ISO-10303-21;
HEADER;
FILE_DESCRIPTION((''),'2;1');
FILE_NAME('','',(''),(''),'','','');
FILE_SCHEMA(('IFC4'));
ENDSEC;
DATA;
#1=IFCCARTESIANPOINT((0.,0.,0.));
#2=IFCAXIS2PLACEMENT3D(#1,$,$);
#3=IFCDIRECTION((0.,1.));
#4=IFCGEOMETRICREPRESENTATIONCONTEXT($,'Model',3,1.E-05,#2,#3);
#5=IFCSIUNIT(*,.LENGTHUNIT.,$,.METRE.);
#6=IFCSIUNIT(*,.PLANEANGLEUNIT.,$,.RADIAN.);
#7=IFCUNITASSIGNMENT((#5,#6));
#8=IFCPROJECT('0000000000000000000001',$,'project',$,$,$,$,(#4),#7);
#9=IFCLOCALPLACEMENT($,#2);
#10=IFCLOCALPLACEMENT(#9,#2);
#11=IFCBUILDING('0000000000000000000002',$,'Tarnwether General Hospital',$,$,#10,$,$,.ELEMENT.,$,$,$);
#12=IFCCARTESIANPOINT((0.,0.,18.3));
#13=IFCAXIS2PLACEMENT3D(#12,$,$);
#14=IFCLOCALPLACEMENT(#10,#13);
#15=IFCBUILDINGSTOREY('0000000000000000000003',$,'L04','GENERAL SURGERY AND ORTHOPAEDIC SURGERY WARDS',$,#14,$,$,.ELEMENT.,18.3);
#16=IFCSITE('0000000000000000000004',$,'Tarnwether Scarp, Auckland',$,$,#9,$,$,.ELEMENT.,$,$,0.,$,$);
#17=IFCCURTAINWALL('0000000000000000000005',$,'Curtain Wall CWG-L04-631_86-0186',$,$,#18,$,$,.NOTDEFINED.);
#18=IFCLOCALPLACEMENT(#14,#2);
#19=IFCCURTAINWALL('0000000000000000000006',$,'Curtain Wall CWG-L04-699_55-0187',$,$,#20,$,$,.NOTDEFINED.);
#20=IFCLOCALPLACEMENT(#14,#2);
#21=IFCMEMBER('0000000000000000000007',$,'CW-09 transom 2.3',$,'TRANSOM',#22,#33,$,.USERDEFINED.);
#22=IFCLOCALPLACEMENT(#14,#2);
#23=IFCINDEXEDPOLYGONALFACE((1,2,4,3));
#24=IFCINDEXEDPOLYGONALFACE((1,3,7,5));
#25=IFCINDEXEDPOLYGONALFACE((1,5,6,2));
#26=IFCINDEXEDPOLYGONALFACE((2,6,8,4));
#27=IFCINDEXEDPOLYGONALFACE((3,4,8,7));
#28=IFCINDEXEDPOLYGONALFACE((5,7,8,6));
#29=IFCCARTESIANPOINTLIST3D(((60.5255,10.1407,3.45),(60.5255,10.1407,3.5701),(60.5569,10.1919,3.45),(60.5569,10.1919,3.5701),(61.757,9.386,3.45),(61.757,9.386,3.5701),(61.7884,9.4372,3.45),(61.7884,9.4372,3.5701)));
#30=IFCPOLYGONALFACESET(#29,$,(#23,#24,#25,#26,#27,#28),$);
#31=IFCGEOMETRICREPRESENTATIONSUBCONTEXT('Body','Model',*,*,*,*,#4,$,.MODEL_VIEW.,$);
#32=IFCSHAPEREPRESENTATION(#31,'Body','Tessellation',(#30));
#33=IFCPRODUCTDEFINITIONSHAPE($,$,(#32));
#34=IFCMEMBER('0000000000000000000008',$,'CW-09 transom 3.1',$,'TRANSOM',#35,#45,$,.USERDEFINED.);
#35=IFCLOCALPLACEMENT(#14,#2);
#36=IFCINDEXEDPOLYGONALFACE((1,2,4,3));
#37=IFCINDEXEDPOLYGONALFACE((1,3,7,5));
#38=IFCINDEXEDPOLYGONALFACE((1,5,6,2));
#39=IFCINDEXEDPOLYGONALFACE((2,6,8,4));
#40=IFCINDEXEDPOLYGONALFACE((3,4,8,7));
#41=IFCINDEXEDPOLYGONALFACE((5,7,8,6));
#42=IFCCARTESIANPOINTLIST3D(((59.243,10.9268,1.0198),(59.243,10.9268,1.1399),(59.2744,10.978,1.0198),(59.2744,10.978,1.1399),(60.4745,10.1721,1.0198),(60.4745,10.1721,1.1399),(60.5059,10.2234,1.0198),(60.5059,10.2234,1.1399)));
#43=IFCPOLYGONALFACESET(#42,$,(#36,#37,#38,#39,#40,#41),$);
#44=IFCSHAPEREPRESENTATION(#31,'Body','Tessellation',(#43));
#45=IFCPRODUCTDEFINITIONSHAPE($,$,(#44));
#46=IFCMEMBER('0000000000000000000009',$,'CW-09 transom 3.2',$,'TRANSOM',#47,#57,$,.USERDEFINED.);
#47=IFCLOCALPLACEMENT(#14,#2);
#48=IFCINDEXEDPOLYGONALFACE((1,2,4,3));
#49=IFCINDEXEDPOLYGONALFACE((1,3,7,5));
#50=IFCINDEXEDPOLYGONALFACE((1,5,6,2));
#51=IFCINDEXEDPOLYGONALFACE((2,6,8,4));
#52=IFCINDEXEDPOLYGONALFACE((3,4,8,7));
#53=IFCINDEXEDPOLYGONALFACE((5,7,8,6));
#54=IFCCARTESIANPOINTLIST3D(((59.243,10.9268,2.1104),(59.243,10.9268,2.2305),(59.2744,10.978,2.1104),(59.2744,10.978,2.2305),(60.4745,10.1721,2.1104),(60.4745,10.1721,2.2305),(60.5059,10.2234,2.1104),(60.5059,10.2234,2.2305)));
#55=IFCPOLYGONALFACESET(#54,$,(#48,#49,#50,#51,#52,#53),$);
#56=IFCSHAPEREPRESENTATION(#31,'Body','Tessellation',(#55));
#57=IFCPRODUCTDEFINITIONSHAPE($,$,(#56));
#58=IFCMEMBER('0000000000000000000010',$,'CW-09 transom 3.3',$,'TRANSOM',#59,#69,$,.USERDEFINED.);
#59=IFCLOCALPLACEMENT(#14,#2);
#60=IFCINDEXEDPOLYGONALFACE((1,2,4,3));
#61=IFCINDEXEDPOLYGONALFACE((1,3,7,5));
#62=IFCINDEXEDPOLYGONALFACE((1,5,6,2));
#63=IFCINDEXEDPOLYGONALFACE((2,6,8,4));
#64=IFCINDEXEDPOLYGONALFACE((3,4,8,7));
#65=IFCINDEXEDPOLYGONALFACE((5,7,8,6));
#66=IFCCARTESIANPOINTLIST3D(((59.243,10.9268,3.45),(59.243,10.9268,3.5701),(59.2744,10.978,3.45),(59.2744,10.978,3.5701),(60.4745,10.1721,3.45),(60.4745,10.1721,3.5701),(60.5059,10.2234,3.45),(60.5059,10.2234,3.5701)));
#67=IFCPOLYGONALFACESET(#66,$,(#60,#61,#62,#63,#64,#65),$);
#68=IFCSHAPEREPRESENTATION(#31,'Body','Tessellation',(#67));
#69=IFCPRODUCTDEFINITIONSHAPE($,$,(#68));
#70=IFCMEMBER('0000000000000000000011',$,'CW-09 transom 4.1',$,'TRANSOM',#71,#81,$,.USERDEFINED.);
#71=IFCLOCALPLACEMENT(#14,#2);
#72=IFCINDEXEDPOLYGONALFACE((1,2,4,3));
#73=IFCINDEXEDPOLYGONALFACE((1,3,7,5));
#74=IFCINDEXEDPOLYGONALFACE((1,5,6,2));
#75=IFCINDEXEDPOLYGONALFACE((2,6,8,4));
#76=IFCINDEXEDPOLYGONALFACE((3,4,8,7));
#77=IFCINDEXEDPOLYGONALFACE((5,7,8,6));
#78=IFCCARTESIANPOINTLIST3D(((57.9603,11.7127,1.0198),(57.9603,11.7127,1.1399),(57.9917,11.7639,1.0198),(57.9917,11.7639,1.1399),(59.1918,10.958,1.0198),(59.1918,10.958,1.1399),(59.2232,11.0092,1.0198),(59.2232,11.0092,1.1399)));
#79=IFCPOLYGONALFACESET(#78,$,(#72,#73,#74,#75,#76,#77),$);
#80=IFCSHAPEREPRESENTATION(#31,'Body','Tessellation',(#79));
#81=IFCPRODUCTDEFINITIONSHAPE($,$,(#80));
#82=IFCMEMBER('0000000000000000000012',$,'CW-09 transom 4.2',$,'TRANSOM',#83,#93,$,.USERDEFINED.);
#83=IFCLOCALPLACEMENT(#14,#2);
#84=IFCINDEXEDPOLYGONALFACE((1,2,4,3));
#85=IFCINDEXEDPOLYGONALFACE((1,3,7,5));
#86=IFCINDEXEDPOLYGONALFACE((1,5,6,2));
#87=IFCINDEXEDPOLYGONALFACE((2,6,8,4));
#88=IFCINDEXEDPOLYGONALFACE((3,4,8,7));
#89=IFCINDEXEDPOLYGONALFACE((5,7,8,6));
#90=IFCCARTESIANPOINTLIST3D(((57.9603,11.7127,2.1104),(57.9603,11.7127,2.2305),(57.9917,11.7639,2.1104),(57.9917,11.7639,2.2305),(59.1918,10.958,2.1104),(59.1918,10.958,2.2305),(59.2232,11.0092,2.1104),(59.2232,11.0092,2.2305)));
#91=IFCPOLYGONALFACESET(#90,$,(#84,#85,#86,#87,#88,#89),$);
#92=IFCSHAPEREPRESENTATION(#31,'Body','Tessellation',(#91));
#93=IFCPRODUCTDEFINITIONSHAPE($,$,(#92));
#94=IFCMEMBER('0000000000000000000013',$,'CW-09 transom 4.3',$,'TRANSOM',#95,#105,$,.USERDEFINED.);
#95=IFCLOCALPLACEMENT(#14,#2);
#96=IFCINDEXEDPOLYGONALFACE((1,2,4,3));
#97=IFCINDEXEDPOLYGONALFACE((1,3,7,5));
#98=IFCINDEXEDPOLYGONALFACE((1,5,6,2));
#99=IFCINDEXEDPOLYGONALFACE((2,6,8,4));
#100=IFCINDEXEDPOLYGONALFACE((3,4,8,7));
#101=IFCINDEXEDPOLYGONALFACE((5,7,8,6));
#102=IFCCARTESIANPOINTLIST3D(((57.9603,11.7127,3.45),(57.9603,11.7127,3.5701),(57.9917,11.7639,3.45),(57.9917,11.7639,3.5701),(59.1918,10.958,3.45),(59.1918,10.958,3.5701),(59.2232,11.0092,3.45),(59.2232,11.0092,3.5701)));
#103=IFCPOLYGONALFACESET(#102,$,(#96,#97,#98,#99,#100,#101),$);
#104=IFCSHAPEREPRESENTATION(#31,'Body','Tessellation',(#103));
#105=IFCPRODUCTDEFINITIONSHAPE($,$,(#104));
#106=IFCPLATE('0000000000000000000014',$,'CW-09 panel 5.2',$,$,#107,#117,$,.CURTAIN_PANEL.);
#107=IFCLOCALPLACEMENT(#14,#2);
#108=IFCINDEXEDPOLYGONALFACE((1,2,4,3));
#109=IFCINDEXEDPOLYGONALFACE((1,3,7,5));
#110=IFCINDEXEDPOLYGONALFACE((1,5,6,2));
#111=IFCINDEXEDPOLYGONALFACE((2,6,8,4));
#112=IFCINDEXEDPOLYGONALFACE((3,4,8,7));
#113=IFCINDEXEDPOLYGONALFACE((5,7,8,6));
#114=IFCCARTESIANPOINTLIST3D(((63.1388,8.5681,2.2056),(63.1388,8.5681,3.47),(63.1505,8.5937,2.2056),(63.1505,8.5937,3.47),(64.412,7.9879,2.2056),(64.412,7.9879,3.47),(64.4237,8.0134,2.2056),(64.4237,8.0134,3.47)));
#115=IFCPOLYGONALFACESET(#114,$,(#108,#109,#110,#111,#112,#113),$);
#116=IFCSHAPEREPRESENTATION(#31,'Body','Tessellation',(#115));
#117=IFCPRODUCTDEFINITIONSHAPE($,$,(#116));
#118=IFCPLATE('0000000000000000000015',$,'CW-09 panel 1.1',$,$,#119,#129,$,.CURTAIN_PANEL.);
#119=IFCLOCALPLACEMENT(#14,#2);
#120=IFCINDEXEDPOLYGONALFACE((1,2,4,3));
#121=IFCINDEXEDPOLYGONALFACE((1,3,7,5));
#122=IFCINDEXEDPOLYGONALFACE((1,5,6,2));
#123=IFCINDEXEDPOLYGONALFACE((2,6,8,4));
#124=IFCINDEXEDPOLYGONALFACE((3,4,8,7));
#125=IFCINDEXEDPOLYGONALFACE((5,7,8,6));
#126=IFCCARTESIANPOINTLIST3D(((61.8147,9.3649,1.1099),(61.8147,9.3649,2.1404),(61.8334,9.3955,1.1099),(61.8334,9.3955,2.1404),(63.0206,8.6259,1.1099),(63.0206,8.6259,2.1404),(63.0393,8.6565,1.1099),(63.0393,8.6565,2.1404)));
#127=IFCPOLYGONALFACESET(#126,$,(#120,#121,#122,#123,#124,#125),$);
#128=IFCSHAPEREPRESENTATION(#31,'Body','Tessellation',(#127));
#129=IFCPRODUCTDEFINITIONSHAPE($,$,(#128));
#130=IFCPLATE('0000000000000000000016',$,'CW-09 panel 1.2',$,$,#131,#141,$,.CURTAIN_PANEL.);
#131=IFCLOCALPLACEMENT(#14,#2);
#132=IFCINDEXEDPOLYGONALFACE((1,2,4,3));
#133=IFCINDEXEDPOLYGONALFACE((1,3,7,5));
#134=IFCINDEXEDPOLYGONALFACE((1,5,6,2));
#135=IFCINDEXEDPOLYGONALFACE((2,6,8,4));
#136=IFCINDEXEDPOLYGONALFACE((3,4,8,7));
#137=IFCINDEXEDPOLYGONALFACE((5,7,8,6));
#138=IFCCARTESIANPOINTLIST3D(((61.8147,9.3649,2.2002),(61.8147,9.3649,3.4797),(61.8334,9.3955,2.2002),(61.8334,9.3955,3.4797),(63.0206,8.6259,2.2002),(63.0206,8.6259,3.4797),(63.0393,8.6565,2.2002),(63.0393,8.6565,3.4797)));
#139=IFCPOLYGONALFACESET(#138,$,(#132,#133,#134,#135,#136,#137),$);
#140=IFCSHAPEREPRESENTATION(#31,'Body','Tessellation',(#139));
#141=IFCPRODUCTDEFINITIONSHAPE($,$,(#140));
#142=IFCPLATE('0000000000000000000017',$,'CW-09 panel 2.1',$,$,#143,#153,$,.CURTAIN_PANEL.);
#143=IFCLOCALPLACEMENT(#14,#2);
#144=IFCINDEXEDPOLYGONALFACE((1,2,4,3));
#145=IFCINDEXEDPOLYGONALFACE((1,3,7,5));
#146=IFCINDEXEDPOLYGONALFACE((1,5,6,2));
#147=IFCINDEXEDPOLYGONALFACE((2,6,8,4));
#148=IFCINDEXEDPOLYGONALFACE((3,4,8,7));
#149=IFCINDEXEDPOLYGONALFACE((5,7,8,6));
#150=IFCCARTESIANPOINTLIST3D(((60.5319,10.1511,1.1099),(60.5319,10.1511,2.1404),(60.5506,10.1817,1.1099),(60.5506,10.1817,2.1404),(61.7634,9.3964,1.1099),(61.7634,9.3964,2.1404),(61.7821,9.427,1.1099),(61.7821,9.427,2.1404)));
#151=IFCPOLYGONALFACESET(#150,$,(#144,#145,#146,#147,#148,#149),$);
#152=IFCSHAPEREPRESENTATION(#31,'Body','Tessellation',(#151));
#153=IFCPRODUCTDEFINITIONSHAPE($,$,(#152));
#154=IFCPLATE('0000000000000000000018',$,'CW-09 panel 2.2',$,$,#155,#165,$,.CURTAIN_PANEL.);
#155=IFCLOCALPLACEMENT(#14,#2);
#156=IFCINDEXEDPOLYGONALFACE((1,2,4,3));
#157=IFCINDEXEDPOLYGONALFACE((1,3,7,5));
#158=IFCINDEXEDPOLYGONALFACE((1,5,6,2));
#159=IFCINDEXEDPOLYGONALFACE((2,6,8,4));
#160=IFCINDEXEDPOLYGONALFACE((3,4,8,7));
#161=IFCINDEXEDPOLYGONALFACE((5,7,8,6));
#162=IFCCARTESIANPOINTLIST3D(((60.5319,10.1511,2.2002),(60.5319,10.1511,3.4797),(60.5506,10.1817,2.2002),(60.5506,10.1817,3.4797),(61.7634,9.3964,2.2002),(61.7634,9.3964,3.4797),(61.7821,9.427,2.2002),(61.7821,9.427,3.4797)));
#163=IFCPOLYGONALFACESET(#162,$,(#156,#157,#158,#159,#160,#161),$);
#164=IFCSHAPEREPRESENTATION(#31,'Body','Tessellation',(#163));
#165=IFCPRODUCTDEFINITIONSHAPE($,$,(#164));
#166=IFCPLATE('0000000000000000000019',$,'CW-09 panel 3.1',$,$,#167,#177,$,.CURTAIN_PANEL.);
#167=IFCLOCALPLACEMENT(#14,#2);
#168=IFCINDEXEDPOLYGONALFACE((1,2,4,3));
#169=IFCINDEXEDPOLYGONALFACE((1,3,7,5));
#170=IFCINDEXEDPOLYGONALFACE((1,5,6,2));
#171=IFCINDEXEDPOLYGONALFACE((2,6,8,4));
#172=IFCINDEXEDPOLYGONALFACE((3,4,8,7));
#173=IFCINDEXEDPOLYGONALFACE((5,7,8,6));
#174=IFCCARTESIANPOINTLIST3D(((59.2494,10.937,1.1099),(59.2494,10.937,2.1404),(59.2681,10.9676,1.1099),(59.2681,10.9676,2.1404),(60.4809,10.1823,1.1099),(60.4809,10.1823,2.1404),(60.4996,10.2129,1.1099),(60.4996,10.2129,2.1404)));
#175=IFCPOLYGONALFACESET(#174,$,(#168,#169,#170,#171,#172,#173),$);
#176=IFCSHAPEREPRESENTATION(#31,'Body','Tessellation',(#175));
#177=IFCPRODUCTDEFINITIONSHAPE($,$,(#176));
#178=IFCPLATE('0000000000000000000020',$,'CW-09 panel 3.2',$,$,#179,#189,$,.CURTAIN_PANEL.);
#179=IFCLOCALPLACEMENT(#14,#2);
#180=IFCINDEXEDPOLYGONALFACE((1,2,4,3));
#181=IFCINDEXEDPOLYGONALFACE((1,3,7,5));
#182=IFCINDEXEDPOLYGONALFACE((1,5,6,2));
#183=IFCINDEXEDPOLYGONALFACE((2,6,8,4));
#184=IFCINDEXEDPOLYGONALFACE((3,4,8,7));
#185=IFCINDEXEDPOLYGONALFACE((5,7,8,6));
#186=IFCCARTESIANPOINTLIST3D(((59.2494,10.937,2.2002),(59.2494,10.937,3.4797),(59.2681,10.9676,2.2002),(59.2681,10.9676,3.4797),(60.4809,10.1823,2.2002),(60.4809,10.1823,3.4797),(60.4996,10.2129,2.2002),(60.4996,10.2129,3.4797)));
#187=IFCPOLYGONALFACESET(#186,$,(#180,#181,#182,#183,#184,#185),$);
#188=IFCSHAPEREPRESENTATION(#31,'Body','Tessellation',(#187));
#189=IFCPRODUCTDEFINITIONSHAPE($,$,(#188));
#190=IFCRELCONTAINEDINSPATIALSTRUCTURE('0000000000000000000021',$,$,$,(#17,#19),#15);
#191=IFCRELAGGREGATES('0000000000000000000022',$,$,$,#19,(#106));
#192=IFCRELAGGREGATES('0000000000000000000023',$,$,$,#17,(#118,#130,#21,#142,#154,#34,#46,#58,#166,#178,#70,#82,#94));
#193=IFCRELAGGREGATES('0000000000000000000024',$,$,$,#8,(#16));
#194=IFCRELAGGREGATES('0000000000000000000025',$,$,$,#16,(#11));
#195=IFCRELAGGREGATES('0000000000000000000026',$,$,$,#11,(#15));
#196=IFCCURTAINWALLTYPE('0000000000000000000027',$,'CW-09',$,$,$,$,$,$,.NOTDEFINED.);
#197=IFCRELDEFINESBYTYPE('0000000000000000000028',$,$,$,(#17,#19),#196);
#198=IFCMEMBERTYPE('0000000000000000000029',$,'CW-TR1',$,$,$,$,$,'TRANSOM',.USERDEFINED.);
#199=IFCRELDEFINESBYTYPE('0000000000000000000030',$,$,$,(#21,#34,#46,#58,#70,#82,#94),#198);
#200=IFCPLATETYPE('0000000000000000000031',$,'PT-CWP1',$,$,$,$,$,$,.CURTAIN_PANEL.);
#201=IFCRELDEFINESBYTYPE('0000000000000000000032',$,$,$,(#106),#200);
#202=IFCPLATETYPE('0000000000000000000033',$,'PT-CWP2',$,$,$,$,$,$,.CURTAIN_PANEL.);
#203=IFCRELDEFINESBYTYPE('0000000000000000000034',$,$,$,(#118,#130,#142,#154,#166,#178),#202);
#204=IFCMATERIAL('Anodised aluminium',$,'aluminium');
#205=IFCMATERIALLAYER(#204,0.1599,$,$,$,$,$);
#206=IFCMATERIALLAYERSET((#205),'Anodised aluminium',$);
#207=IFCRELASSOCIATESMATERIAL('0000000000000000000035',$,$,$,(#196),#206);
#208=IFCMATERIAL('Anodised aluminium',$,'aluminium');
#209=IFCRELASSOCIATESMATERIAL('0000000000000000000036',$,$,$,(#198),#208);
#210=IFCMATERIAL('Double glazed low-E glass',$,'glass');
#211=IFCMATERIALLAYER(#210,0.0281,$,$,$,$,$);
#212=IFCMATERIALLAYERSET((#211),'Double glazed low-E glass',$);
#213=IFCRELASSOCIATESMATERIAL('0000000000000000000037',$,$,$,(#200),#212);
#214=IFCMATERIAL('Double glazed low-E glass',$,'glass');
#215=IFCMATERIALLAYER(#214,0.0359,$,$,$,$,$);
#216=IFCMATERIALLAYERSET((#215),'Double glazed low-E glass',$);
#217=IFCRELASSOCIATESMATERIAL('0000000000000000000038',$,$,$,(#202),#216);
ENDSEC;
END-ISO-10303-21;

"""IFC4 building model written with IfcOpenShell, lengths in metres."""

from ifc_helpers import new_model, si_unit, direction, frame, origin, origin_2d, place, context, subcontext, project, spatial, rectangle, extrude, material, layer, layer_set, material_profile, profile_set, type_object, element, aggregate, save


model = new_model("IFC4")

# Units and contexts
model_context = context("Model", 3, precision=1e-05, world=origin(), true_north=direction((0.0, 1.0)))
body_context = subcontext(model_context, "Body", "Model", "MODEL_VIEW")
ifc_project = project(units=[si_unit("LENGTHUNIT", "METRE"), si_unit("PLANEANGLEUNIT", "RADIAN")], contexts=[model_context])

# Site, building, storey
site_placement = place(None, origin())
site = spatial("IfcSite", under=ifc_project, at=site_placement, Name="Tarnwether Scarp, Auckland", CompositionType="ELEMENT", RefElevation=0.0)
building_placement = place(site_placement, origin())
building = spatial("IfcBuilding", under=site, at=building_placement, Name="Tarnwether General Hospital", CompositionType="ELEMENT")
storey_placement = place(building_placement, frame((0.0, 0.0, 18.3)))
storey = spatial("IfcBuildingStorey", under=building, at=storey_placement, Name="L04", Description="GENERAL SURGERY AND ORTHOPAEDIC SURGERY WARDS", CompositionType="ELEMENT", Elevation=18.3)

# Curtain wall
ifc_material_1 = material(Name="Anodised aluminium", Category="aluminium")
ifc_layer_1 = layer(ifc_material_1, 0.1599)
ifc_layer_set_1 = layer_set([ifc_layer_1], Name="Anodised aluminium")
curtain_wall_type = type_object("IfcCurtainWallType", Name="CW-09", PredefinedType="NOTDEFINED", material=ifc_layer_set_1)
curtain_wall_1_placement = place(storey_placement, origin())
curtain_wall_1 = element("IfcCurtainWall", 1, at=curtain_wall_1_placement, inside=storey, type_object=curtain_wall_type, Name="Curtain Wall CWG-L04-631_86-0186", PredefinedType="NOTDEFINED")

# Curtain wall
curtain_wall_2_placement = place(storey_placement, origin())
curtain_wall_2 = element("IfcCurtainWall", 2, at=curtain_wall_2_placement, inside=storey, type_object=curtain_wall_type, Name="Curtain Wall CWG-L04-699_55-0187", PredefinedType="NOTDEFINED")

# Members
ifc_material_2 = material(Name="Anodised aluminium", Category="aluminium")
ifc_material_profile_1 = material_profile(ifc_material_2, rectangle(XDim=0.0601, YDim=0.1201, at=origin_2d()), Name="ALU-TRN-60x120")
ifc_profile_set_1 = profile_set([ifc_material_profile_1], Name="Anodised aluminium")
member_type_1 = type_object("IfcMemberType", Name="CW-TR1", ElementType="TRANSOM", PredefinedType="USERDEFINED", material=ifc_profile_set_1)
member_1_placement = place(storey_placement, frame((61.7727, 9.4116, 3.51), z_axis=(-0.852638, 0.522503, 0.0), x_axis=(-0.522503, -0.852638, 0.0)))
member_1 = element("IfcMember", 3, at=member_1_placement, type_object=member_type_1, Name="CW-09 transom 2.3", ObjectType="TRANSOM", PredefinedType="USERDEFINED", context=body_context, shape_type="SweptSolid", body=[
    extrude(rectangle(XDim=0.0601, YDim=0.1201, at=origin_2d()), origin(), (0.0, 0.0, 1.0), 1.4443),
])
member_2_placement = place(storey_placement, frame((60.4902, 10.1978, 1.0798), z_axis=(-0.852638, 0.522503, 0.0), x_axis=(-0.522503, -0.852638, 0.0)))
member_2 = element("IfcMember", 4, at=member_2_placement, type_object=member_type_1, Name="CW-09 transom 3.1", ObjectType="TRANSOM", PredefinedType="USERDEFINED", context=body_context, shape_type="SweptSolid", body=[
    extrude(rectangle(XDim=0.0601, YDim=0.1201, at=origin_2d()), origin(), (0.0, 0.0, 1.0), 1.4443),
])
member_3_placement = place(storey_placement, frame((60.4902, 10.1978, 2.1704), z_axis=(-0.852638, 0.522503, 0.0), x_axis=(-0.522503, -0.852638, 0.0)))
member_3 = element("IfcMember", 5, at=member_3_placement, type_object=member_type_1, Name="CW-09 transom 3.2", ObjectType="TRANSOM", PredefinedType="USERDEFINED", context=body_context, shape_type="SweptSolid", body=[
    extrude(rectangle(XDim=0.0601, YDim=0.1201, at=origin_2d()), origin(), (0.0, 0.0, 1.0), 1.4443),
])
member_4_placement = place(storey_placement, frame((60.4902, 10.1978, 3.51), z_axis=(-0.852638, 0.522503, 0.0), x_axis=(-0.522503, -0.852638, 0.0)))
member_4 = element("IfcMember", 6, at=member_4_placement, type_object=member_type_1, Name="CW-09 transom 3.3", ObjectType="TRANSOM", PredefinedType="USERDEFINED", context=body_context, shape_type="SweptSolid", body=[
    extrude(rectangle(XDim=0.0601, YDim=0.1201, at=origin_2d()), origin(), (0.0, 0.0, 1.0), 1.4443),
])
member_5_placement = place(storey_placement, frame((59.2075, 10.9836, 1.0798), z_axis=(-0.852638, 0.522503, 0.0), x_axis=(-0.522503, -0.852638, 0.0)))
member_5 = element("IfcMember", 7, at=member_5_placement, type_object=member_type_1, Name="CW-09 transom 4.1", ObjectType="TRANSOM", PredefinedType="USERDEFINED", context=body_context, shape_type="SweptSolid", body=[
    extrude(rectangle(XDim=0.0601, YDim=0.1201, at=origin_2d()), origin(), (0.0, 0.0, 1.0), 1.4443),
])
member_6_placement = place(storey_placement, frame((59.2075, 10.9836, 2.1704), z_axis=(-0.852638, 0.522503, 0.0), x_axis=(-0.522503, -0.852638, 0.0)))
member_6 = element("IfcMember", 8, at=member_6_placement, type_object=member_type_1, Name="CW-09 transom 4.2", ObjectType="TRANSOM", PredefinedType="USERDEFINED", context=body_context, shape_type="SweptSolid", body=[
    extrude(rectangle(XDim=0.0601, YDim=0.1201, at=origin_2d()), origin(), (0.0, 0.0, 1.0), 1.4443),
])
member_7_placement = place(storey_placement, frame((59.2075, 10.9836, 3.51), z_axis=(-0.852638, 0.522503, 0.0), x_axis=(-0.522503, -0.852638, 0.0)))
member_7 = element("IfcMember", 9, at=member_7_placement, type_object=member_type_1, Name="CW-09 transom 4.3", ObjectType="TRANSOM", PredefinedType="USERDEFINED", context=body_context, shape_type="SweptSolid", body=[
    extrude(rectangle(XDim=0.0601, YDim=0.1201, at=origin_2d()), origin(), (0.0, 0.0, 1.0), 1.4443),
])

# Plates
ifc_material_3 = material(Name="Double glazed low-E glass", Category="glass")
ifc_layer_2 = layer(ifc_material_3, 0.0281)
ifc_layer_set_2 = layer_set([ifc_layer_2], Name="Double glazed low-E glass")
plate_type_1 = type_object("IfcPlateType", Name="PT-CWP1", PredefinedType="CURTAIN_PANEL", material=ifc_layer_set_2)
plate_1_placement = place(storey_placement, frame((63.7812, 8.2908, 2.2056), z_axis=(0.0, 0.0, 1.0), x_axis=(-0.909961, 0.414694, 0.0)))
plate_1 = element("IfcPlate", 10, at=plate_1_placement, type_object=plate_type_1, Name="CW-09 panel 5.2", PredefinedType="CURTAIN_PANEL", context=body_context, shape_type="SweptSolid", body=[
    extrude(rectangle(XDim=1.3992, YDim=0.0281, at=origin_2d()), origin(), (0.0, 0.0, 1.0), 1.2644),
])
aggregate(curtain_wall_2, [plate_1])
ifc_material_4 = material(Name="Double glazed low-E glass", Category="glass")
ifc_layer_3 = layer(ifc_material_4, 0.0359)
ifc_layer_set_3 = layer_set([ifc_layer_3], Name="Double glazed low-E glass")
plate_type_2 = type_object("IfcPlateType", Name="PT-CWP2", PredefinedType="CURTAIN_PANEL", material=ifc_layer_set_3)
plate_2_placement = place(storey_placement, frame((62.427, 9.0107, 1.1099), z_axis=(0.0, 0.0, 1.0), x_axis=(-0.852634, 0.522509, 0.0)))
plate_2 = element("IfcPlate", 11, at=plate_2_placement, type_object=plate_type_2, Name="CW-09 panel 1.1", PredefinedType="CURTAIN_PANEL", context=body_context, shape_type="SweptSolid", body=[
    extrude(rectangle(XDim=1.4143, YDim=0.0359, at=origin_2d()), origin(), (0.0, 0.0, 1.0), 1.0305),
])
plate_3_placement = place(storey_placement, frame((62.427, 9.0107, 2.2002), z_axis=(0.0, 0.0, 1.0), x_axis=(-0.852634, 0.522509, 0.0)))
plate_3 = element("IfcPlate", 12, at=plate_3_placement, type_object=plate_type_2, Name="CW-09 panel 1.2", PredefinedType="CURTAIN_PANEL", context=body_context, shape_type="SweptSolid", body=[
    extrude(rectangle(XDim=1.4143, YDim=0.0359, at=origin_2d()), origin(), (0.0, 0.0, 1.0), 1.2795),
])
plate_4_placement = place(storey_placement, frame((61.157, 9.7891, 1.1099), z_axis=(0.0, 0.0, 1.0), x_axis=(-0.852634, 0.522509, 0.0)))
plate_4 = element("IfcPlate", 13, at=plate_4_placement, type_object=plate_type_2, Name="CW-09 panel 2.1", PredefinedType="CURTAIN_PANEL", context=body_context, shape_type="SweptSolid", body=[
    extrude(rectangle(XDim=1.4443, YDim=0.0359, at=origin_2d()), origin(), (0.0, 0.0, 1.0), 1.0305),
])
plate_5_placement = place(storey_placement, frame((61.157, 9.7891, 2.2002), z_axis=(0.0, 0.0, 1.0), x_axis=(-0.852634, 0.522509, 0.0)))
plate_5 = element("IfcPlate", 14, at=plate_5_placement, type_object=plate_type_2, Name="CW-09 panel 2.2", PredefinedType="CURTAIN_PANEL", context=body_context, shape_type="SweptSolid", body=[
    extrude(rectangle(XDim=1.4443, YDim=0.0359, at=origin_2d()), origin(), (0.0, 0.0, 1.0), 1.2795),
])
plate_6_placement = place(storey_placement, frame((59.8745, 10.575, 1.1099), z_axis=(0.0, 0.0, 1.0), x_axis=(-0.852634, 0.522509, 0.0)))
plate_6 = element("IfcPlate", 15, at=plate_6_placement, type_object=plate_type_2, Name="CW-09 panel 3.1", PredefinedType="CURTAIN_PANEL", context=body_context, shape_type="SweptSolid", body=[
    extrude(rectangle(XDim=1.4443, YDim=0.0359, at=origin_2d()), origin(), (0.0, 0.0, 1.0), 1.0305),
])
plate_7_placement = place(storey_placement, frame((59.8745, 10.575, 2.2002), z_axis=(0.0, 0.0, 1.0), x_axis=(-0.852634, 0.522509, 0.0)))
plate_7 = element("IfcPlate", 16, at=plate_7_placement, type_object=plate_type_2, Name="CW-09 panel 3.2", PredefinedType="CURTAIN_PANEL", context=body_context, shape_type="SweptSolid", body=[
    extrude(rectangle(XDim=1.4443, YDim=0.0359, at=origin_2d()), origin(), (0.0, 0.0, 1.0), 1.2795),
])
aggregate(curtain_wall_1, [plate_2, plate_3, member_1, plate_4, plate_5, member_2, member_3, member_4, plate_6, plate_7, member_5, member_6, member_7])

save(model, "model.ifc")
